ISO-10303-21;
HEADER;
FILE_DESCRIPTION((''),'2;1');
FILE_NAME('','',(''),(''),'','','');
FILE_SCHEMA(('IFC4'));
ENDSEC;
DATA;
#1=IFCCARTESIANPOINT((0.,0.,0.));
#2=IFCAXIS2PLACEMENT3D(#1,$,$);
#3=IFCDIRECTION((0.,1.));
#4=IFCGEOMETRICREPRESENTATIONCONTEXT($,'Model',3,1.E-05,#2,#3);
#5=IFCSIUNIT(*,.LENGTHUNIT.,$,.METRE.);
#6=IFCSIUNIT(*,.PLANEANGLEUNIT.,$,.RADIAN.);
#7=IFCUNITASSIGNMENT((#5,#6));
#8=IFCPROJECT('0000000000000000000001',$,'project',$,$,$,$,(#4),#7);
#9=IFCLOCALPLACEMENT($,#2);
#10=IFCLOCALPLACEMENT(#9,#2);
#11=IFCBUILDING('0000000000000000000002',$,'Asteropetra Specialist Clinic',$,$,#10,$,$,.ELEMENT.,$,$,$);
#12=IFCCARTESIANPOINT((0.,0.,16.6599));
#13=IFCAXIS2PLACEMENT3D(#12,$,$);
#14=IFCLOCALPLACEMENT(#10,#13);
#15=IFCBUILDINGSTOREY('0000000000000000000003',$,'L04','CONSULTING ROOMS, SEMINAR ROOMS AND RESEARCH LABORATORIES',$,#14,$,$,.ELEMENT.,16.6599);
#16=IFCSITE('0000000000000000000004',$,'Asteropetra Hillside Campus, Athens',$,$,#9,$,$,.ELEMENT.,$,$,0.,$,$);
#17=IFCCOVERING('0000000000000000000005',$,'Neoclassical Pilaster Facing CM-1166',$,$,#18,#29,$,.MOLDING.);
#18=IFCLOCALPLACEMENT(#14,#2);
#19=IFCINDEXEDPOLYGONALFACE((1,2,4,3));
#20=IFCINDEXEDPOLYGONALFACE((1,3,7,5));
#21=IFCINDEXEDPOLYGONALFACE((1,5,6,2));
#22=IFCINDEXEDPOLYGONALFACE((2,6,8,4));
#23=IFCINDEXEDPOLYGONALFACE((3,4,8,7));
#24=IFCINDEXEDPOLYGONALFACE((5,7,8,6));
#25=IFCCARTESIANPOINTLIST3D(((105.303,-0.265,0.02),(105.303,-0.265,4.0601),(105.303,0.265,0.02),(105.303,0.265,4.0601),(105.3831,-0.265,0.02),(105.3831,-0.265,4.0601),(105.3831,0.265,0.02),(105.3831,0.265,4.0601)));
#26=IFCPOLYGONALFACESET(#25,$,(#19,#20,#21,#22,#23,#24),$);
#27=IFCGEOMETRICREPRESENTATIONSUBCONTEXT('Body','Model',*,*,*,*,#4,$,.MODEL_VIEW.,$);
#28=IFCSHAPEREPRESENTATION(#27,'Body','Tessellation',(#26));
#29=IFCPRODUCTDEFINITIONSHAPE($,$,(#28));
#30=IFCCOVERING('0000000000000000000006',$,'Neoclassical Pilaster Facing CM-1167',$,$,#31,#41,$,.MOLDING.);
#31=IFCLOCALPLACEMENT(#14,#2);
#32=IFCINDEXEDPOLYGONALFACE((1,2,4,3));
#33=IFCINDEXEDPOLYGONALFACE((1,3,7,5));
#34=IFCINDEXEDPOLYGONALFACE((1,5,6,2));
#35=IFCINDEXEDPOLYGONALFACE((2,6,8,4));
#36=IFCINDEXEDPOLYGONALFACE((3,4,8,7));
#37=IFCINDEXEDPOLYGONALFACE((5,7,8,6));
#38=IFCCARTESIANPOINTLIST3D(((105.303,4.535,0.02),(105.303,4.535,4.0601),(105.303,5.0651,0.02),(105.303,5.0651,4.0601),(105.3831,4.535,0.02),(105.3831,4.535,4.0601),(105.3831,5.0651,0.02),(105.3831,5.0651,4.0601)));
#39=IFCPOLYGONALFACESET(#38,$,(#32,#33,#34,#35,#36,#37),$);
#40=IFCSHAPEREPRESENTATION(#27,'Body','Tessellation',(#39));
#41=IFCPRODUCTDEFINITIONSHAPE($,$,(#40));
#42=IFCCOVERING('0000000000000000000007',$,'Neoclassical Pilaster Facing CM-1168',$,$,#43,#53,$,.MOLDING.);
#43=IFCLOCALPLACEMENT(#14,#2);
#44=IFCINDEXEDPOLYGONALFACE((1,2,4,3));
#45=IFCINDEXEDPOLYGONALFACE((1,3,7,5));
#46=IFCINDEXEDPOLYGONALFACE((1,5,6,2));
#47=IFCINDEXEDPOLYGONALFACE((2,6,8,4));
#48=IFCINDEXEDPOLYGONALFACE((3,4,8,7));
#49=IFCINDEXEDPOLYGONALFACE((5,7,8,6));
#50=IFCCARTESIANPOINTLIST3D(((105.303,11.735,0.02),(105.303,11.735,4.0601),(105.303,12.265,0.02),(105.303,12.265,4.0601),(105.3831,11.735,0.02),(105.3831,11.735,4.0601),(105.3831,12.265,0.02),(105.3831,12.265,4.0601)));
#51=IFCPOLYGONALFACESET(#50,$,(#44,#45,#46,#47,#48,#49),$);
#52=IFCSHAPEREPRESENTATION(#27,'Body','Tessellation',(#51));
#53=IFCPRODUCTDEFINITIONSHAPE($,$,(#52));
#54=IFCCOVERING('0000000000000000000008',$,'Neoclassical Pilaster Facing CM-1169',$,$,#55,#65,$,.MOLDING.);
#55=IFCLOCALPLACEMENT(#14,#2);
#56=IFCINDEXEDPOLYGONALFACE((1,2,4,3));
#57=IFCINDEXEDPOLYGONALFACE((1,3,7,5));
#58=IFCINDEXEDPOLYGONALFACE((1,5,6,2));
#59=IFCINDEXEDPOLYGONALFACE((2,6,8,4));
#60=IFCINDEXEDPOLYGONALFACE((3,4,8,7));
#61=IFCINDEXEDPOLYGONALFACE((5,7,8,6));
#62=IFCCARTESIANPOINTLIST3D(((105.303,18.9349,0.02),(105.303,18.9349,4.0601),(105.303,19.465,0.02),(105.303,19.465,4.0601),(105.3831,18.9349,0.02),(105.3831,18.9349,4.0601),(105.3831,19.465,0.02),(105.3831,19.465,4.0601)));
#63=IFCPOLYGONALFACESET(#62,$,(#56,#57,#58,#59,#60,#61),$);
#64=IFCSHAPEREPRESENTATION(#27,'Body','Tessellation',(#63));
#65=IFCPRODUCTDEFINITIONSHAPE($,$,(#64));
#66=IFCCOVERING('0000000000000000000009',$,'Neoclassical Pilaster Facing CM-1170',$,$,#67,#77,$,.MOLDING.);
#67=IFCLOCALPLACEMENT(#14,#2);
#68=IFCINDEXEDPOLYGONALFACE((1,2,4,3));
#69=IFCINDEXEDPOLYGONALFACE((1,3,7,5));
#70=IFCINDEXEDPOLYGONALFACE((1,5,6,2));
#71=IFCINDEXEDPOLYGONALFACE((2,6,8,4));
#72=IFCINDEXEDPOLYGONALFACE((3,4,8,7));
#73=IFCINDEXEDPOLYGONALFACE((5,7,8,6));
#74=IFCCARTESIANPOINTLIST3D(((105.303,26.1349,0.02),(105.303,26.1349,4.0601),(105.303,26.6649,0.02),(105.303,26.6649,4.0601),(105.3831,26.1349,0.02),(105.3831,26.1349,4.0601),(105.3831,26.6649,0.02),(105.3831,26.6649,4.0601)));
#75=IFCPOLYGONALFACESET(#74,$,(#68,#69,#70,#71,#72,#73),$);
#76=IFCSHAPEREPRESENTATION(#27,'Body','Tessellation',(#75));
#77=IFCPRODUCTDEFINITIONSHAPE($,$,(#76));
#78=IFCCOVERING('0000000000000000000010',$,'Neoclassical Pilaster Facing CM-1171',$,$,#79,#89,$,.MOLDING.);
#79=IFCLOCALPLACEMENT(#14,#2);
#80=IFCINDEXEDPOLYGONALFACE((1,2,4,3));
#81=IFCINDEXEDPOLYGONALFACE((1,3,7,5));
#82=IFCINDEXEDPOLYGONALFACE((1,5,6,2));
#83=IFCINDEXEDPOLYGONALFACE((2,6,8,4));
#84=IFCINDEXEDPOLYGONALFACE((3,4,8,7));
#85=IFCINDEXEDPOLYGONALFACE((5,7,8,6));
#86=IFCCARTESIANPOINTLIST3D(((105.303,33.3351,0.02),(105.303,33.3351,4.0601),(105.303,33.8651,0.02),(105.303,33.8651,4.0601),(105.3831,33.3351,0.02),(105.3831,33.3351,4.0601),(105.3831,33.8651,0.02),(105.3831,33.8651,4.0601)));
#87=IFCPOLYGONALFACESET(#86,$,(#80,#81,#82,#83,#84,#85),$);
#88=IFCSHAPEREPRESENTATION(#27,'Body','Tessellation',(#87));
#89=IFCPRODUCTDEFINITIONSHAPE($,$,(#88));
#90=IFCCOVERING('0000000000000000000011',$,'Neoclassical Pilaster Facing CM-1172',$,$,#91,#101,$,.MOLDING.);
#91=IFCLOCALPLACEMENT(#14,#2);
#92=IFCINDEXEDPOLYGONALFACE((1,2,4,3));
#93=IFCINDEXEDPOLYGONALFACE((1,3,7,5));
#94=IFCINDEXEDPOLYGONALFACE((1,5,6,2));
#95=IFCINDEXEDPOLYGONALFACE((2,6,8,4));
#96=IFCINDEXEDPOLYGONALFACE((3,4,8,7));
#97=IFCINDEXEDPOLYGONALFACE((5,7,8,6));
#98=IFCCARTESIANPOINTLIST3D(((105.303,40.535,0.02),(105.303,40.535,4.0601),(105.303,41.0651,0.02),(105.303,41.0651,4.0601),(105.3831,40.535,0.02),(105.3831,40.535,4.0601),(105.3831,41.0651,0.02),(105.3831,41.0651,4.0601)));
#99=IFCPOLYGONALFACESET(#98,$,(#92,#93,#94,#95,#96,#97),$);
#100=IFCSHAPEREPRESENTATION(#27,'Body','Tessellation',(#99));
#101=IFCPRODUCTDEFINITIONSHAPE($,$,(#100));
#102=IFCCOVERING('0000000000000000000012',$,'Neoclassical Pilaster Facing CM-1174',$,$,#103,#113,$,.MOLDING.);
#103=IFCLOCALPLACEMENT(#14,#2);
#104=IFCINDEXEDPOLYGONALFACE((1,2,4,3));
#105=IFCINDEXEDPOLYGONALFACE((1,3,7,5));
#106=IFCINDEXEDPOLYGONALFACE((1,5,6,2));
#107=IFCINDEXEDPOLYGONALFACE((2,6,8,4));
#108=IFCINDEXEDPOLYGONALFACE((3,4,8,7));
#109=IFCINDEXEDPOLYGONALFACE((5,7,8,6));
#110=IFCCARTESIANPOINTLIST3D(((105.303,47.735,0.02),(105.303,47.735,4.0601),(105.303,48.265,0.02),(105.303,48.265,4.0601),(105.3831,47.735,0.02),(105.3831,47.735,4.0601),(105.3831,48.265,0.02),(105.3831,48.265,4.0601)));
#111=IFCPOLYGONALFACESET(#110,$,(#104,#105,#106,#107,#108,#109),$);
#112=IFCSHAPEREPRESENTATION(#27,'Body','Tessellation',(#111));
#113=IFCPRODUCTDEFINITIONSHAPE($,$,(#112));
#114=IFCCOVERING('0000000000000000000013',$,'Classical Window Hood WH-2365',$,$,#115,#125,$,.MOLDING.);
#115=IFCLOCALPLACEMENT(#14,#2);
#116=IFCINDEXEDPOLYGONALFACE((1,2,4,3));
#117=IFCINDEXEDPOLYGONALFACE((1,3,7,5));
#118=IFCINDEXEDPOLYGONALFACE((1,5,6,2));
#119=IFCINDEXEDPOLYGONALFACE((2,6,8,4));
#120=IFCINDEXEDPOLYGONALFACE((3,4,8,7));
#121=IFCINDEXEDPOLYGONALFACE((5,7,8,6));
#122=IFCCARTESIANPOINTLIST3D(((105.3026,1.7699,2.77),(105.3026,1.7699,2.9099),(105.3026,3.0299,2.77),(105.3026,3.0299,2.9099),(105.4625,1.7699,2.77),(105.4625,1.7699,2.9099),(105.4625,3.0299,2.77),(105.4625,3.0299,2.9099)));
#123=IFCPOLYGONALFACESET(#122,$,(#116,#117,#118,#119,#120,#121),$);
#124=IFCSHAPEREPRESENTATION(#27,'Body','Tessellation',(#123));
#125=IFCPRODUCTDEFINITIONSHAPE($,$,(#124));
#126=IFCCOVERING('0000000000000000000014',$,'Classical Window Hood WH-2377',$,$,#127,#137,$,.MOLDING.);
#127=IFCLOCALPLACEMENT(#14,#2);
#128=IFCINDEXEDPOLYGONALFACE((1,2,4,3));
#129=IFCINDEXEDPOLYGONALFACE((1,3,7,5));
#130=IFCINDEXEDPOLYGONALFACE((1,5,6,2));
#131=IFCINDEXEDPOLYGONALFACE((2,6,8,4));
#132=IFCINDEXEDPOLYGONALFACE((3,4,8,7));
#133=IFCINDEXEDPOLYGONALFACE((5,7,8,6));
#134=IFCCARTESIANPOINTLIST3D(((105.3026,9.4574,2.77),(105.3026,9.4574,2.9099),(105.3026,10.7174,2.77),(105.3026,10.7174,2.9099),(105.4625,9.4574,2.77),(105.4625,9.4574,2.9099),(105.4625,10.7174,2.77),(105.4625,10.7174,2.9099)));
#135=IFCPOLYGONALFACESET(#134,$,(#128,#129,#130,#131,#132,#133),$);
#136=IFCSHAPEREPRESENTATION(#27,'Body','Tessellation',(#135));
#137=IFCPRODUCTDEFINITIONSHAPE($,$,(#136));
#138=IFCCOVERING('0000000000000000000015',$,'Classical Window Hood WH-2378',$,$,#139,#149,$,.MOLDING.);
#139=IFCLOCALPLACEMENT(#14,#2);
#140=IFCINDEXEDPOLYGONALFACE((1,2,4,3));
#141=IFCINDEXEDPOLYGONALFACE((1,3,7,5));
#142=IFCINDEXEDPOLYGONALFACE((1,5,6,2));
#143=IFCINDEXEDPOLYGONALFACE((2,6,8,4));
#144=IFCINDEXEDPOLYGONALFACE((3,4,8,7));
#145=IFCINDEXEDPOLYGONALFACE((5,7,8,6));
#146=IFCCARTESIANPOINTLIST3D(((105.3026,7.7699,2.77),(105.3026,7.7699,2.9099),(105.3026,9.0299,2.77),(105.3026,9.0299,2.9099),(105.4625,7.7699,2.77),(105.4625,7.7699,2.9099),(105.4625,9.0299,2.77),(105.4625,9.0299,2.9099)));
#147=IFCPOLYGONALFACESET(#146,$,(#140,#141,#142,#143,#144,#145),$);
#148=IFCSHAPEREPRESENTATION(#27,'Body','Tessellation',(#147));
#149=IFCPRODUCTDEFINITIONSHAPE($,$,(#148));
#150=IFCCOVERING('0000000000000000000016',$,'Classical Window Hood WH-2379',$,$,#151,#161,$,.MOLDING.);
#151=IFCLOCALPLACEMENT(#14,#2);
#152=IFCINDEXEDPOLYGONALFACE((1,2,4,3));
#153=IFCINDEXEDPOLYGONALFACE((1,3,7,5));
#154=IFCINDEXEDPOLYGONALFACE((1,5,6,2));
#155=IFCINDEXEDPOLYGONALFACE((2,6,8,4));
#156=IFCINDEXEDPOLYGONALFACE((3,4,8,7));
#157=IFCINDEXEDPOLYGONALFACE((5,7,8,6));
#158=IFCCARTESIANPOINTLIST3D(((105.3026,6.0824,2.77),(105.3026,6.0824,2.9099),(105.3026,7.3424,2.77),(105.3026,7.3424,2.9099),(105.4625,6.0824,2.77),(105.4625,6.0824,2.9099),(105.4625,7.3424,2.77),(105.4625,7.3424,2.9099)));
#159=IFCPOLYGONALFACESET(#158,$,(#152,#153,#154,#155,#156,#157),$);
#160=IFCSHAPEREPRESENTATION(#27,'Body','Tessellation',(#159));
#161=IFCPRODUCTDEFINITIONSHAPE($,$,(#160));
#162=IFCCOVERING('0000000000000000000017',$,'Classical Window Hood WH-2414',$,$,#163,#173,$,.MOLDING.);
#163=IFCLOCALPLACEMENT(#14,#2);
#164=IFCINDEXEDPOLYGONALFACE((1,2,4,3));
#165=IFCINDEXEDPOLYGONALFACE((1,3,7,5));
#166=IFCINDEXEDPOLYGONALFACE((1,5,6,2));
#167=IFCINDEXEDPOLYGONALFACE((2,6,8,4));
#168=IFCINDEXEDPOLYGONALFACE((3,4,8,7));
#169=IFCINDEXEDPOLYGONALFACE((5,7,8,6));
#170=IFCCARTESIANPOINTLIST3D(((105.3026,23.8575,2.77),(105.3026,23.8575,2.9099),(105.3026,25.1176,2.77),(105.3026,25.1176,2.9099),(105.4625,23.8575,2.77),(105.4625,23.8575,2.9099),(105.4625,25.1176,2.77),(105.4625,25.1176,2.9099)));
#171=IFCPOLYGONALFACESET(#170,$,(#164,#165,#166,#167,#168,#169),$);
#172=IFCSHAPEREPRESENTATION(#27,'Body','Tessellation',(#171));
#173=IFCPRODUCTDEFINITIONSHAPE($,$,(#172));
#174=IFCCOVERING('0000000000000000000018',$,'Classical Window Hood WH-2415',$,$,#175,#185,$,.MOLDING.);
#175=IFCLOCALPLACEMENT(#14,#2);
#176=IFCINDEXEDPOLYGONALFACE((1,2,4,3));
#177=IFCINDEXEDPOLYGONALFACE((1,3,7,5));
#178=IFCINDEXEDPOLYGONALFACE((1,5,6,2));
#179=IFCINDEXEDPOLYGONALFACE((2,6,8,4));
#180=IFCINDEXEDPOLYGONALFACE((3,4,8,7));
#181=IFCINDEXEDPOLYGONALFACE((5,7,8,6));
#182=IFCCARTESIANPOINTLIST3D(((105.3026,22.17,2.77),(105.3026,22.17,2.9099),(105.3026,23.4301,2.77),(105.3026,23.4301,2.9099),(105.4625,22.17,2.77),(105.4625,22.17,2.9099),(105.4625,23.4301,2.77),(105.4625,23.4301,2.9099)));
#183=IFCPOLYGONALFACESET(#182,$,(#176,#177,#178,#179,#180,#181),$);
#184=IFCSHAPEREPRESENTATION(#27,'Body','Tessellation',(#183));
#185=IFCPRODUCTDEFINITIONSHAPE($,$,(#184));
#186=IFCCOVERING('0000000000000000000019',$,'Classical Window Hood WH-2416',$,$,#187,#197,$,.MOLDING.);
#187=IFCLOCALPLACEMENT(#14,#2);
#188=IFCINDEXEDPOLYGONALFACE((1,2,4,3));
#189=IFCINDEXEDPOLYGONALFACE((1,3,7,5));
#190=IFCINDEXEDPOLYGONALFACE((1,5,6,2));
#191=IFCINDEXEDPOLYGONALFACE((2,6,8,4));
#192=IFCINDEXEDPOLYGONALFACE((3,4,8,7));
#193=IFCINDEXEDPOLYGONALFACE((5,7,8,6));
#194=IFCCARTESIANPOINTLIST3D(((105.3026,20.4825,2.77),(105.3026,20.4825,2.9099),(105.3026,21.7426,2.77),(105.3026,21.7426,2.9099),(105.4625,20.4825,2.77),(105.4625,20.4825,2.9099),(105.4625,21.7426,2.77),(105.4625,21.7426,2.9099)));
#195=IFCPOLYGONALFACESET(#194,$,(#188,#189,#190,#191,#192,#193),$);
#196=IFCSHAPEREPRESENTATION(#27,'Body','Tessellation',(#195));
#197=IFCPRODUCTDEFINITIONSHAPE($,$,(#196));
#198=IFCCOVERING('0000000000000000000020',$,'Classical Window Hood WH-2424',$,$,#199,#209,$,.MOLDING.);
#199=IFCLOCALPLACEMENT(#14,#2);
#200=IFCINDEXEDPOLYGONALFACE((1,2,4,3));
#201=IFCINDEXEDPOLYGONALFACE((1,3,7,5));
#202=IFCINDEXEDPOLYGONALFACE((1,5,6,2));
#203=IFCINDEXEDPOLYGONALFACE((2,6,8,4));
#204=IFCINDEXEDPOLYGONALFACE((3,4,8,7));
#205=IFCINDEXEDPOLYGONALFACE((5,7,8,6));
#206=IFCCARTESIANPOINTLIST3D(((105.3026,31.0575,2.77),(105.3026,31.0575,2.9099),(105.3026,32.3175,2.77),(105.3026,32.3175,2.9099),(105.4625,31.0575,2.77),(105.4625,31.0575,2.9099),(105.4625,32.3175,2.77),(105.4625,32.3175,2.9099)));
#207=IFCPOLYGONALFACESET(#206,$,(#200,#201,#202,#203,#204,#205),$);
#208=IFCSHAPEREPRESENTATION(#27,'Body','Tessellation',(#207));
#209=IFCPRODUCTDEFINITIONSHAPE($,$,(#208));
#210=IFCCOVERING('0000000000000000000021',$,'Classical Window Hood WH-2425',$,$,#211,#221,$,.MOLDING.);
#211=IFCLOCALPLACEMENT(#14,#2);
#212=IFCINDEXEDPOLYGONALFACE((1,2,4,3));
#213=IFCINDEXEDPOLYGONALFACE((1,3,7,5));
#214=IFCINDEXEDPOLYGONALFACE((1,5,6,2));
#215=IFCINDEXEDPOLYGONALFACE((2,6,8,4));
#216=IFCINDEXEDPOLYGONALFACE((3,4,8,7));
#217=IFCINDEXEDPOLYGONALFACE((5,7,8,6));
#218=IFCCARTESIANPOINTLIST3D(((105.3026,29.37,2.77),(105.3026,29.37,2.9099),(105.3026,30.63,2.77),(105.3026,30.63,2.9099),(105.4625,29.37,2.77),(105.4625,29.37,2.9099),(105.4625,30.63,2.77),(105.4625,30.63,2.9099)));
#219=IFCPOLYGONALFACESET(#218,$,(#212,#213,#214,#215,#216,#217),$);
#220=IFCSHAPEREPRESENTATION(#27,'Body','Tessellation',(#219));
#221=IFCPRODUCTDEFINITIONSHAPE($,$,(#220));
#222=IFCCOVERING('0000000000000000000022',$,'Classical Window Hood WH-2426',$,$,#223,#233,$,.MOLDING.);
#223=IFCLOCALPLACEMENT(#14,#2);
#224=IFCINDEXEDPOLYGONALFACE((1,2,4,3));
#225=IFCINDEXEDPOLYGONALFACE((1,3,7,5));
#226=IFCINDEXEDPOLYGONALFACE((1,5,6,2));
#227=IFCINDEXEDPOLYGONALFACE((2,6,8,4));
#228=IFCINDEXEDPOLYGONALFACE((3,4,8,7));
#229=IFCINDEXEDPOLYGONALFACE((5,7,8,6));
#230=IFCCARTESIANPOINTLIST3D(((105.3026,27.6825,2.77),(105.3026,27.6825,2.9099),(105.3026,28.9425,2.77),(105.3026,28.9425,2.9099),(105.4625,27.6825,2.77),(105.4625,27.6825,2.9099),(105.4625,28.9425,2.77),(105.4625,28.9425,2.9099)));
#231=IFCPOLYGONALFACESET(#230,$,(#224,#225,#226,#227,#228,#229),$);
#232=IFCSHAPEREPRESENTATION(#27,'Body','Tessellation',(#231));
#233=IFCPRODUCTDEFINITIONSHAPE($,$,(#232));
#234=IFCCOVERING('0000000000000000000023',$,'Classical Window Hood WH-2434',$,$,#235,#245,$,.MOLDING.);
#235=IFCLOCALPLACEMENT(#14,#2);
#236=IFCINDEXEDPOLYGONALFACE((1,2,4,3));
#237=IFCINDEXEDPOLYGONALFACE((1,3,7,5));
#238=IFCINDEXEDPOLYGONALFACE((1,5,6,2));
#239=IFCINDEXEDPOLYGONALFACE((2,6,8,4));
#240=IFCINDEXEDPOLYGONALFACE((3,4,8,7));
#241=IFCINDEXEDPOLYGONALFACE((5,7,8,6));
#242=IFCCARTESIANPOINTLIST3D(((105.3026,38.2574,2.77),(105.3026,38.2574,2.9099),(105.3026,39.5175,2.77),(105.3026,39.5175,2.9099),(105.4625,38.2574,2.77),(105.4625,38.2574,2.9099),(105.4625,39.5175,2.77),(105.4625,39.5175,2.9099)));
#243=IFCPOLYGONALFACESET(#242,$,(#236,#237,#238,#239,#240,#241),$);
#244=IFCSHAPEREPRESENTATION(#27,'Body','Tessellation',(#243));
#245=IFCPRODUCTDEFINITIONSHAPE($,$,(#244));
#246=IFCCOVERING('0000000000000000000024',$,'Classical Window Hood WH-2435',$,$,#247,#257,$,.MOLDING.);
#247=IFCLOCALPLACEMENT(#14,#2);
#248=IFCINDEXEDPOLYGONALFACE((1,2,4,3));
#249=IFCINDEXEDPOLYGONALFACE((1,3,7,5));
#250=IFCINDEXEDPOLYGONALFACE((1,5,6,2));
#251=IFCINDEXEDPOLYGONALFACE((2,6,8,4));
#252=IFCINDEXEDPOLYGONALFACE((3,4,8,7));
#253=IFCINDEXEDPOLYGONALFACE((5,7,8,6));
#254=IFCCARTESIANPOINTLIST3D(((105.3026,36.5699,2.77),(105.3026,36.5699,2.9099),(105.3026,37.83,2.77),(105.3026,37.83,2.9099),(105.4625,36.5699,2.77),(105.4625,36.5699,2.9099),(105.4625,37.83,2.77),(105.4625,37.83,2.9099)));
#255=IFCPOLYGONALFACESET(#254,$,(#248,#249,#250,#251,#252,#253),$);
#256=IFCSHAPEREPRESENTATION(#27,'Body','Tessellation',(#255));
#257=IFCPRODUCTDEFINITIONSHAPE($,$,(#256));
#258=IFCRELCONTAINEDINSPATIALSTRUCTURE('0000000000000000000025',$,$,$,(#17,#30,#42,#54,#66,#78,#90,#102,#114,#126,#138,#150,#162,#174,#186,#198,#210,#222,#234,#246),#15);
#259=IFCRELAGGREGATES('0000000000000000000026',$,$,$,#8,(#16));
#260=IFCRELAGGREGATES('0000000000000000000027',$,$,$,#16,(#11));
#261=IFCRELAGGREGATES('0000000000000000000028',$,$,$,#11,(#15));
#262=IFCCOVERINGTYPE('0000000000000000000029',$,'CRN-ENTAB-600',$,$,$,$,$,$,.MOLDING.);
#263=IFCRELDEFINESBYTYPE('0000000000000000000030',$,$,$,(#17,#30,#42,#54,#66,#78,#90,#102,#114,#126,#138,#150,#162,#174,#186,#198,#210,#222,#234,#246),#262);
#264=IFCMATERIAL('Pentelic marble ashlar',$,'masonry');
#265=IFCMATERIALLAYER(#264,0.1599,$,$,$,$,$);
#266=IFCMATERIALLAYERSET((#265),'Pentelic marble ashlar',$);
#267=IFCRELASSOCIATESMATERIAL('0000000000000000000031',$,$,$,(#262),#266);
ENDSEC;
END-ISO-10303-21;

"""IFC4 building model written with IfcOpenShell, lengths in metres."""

from ifc_helpers import new_model, si_unit, direction, frame, origin, origin_2d, place, context, subcontext, project, spatial, rectangle, extrude, material, layer, layer_set, type_object, element, save


model = new_model("IFC4")

# Units and contexts
model_context = context("Model", 3, precision=1e-05, world=origin(), true_north=direction((0.0, 1.0)))
body_context = subcontext(model_context, "Body", "Model", "MODEL_VIEW")
ifc_project = project(units=[si_unit("LENGTHUNIT", "METRE"), si_unit("PLANEANGLEUNIT", "RADIAN")], contexts=[model_context])

# Site, building, storey
site_placement = place(None, origin())
site = spatial("IfcSite", under=ifc_project, at=site_placement, Name="Asteropetra Hillside Campus, Athens", CompositionType="ELEMENT", RefElevation=0.0)
building_placement = place(site_placement, origin())
building = spatial("IfcBuilding", under=site, at=building_placement, Name="Asteropetra Specialist Clinic", CompositionType="ELEMENT")
storey_placement = place(building_placement, frame((0.0, 0.0, 16.6599)))
storey = spatial("IfcBuildingStorey", under=building, at=storey_placement, Name="L04", Description="CONSULTING ROOMS, SEMINAR ROOMS AND RESEARCH LABORATORIES", CompositionType="ELEMENT", Elevation=16.6599)

# Coverings
ifc_material_1 = material(Name="Pentelic marble ashlar", Category="masonry")
ifc_layer_1 = layer(ifc_material_1, 0.1599)
ifc_layer_set_1 = layer_set([ifc_layer_1], Name="Pentelic marble ashlar")
covering_type_1 = type_object("IfcCoveringType", Name="CRN-ENTAB-600", PredefinedType="MOLDING", material=ifc_layer_set_1)
for number, where, z_axis, x_axis, name in (
    (1, (105.343, 0.0, 0.02), (0.0, 0.0, 1.0), (1.0, 0.0, 0.0), "Neoclassical Pilaster Facing CM-1166"),
    (2, (105.343, 4.8, 0.02), (0.0, 0.0, 1.0), (1.0, 0.0, 0.0), "Neoclassical Pilaster Facing CM-1167"),
    (3, (105.343, 12.0, 0.02), (0.0, 0.0, 1.0), (1.0, 0.0, 0.0), "Neoclassical Pilaster Facing CM-1168"),
    (4, (105.343, 19.2, 0.02), (0.0, 0.0, 1.0), (1.0, 0.0, 0.0), "Neoclassical Pilaster Facing CM-1169"),
    (5, (105.343, 26.3999, 0.02), (0.0, 0.0, 1.0), (1.0, 0.0, 0.0), "Neoclassical Pilaster Facing CM-1170"),
    (6, (105.343, 33.6001, 0.02), (0.0, 0.0, 1.0), (1.0, 0.0, 0.0), "Neoclassical Pilaster Facing CM-1171"),
    (7, (105.343, 40.8, 0.02), (0.0, 0.0, 1.0), (1.0, 0.0, 0.0), "Neoclassical Pilaster Facing CM-1172"),
    (8, (105.343, 48.0, 0.02), (0.0, 0.0, 1.0), (1.0, 0.0, 0.0), "Neoclassical Pilaster Facing CM-1174"),
):
    element("IfcCovering", number, at=place(storey_placement, frame(where, z_axis=z_axis, x_axis=x_axis)), inside=storey, type_object=covering_type_1, Name=name, PredefinedType="MOLDING", context=body_context, shape_type="SweptSolid", body=[
        extrude(rectangle(XDim=0.0801, YDim=0.53, at=origin_2d()), origin(), (0.0, 0.0, 1.0), 4.04),
    ])
for number, where, z_axis, x_axis, name in (
    (9, (105.3826, 2.3999, 2.77), (0.0, 0.0, 1.0), (1.0, 0.0, 0.0), "Classical Window Hood WH-2365"),
    (10, (105.3826, 10.0874, 2.77), (0.0, 0.0, 1.0), (1.0, 0.0, 0.0), "Classical Window Hood WH-2377"),
    (11, (105.3826, 8.3999, 2.77), (0.0, 0.0, 1.0), (1.0, 0.0, 0.0), "Classical Window Hood WH-2378"),
    (12, (105.3826, 6.7124, 2.77), (0.0, 0.0, 1.0), (1.0, 0.0, 0.0), "Classical Window Hood WH-2379"),
    (13, (105.3826, 24.4875, 2.77), (0.0, 0.0, 1.0), (1.0, 0.0, 0.0), "Classical Window Hood WH-2414"),
    (14, (105.3826, 22.8, 2.77), (0.0, 0.0, 1.0), (1.0, 0.0, 0.0), "Classical Window Hood WH-2415"),
    (15, (105.3826, 21.1125, 2.77), (0.0, 0.0, 1.0), (1.0, 0.0, 0.0), "Classical Window Hood WH-2416"),
    (16, (105.3826, 31.6875, 2.77), (0.0, 0.0, 1.0), (1.0, 0.0, 0.0), "Classical Window Hood WH-2424"),
    (17, (105.3826, 30.0, 2.77), (0.0, 0.0, 1.0), (1.0, 0.0, 0.0), "Classical Window Hood WH-2425"),
    (18, (105.3826, 28.3125, 2.77), (0.0, 0.0, 1.0), (1.0, 0.0, 0.0), "Classical Window Hood WH-2426"),
    (19, (105.3826, 38.8875, 2.77), (0.0, 0.0, 1.0), (1.0, 0.0, 0.0), "Classical Window Hood WH-2434"),
    (20, (105.3826, 37.2, 2.77), (0.0, 0.0, 1.0), (1.0, 0.0, 0.0), "Classical Window Hood WH-2435"),
):
    element("IfcCovering", number, at=place(storey_placement, frame(where, z_axis=z_axis, x_axis=x_axis)), inside=storey, type_object=covering_type_1, Name=name, PredefinedType="MOLDING", context=body_context, shape_type="SweptSolid", body=[
        extrude(rectangle(XDim=0.1599, YDim=1.26, at=origin_2d()), origin(), (0.0, 0.0, 1.0), 0.1399),
    ])

save(model, "model.ifc")
